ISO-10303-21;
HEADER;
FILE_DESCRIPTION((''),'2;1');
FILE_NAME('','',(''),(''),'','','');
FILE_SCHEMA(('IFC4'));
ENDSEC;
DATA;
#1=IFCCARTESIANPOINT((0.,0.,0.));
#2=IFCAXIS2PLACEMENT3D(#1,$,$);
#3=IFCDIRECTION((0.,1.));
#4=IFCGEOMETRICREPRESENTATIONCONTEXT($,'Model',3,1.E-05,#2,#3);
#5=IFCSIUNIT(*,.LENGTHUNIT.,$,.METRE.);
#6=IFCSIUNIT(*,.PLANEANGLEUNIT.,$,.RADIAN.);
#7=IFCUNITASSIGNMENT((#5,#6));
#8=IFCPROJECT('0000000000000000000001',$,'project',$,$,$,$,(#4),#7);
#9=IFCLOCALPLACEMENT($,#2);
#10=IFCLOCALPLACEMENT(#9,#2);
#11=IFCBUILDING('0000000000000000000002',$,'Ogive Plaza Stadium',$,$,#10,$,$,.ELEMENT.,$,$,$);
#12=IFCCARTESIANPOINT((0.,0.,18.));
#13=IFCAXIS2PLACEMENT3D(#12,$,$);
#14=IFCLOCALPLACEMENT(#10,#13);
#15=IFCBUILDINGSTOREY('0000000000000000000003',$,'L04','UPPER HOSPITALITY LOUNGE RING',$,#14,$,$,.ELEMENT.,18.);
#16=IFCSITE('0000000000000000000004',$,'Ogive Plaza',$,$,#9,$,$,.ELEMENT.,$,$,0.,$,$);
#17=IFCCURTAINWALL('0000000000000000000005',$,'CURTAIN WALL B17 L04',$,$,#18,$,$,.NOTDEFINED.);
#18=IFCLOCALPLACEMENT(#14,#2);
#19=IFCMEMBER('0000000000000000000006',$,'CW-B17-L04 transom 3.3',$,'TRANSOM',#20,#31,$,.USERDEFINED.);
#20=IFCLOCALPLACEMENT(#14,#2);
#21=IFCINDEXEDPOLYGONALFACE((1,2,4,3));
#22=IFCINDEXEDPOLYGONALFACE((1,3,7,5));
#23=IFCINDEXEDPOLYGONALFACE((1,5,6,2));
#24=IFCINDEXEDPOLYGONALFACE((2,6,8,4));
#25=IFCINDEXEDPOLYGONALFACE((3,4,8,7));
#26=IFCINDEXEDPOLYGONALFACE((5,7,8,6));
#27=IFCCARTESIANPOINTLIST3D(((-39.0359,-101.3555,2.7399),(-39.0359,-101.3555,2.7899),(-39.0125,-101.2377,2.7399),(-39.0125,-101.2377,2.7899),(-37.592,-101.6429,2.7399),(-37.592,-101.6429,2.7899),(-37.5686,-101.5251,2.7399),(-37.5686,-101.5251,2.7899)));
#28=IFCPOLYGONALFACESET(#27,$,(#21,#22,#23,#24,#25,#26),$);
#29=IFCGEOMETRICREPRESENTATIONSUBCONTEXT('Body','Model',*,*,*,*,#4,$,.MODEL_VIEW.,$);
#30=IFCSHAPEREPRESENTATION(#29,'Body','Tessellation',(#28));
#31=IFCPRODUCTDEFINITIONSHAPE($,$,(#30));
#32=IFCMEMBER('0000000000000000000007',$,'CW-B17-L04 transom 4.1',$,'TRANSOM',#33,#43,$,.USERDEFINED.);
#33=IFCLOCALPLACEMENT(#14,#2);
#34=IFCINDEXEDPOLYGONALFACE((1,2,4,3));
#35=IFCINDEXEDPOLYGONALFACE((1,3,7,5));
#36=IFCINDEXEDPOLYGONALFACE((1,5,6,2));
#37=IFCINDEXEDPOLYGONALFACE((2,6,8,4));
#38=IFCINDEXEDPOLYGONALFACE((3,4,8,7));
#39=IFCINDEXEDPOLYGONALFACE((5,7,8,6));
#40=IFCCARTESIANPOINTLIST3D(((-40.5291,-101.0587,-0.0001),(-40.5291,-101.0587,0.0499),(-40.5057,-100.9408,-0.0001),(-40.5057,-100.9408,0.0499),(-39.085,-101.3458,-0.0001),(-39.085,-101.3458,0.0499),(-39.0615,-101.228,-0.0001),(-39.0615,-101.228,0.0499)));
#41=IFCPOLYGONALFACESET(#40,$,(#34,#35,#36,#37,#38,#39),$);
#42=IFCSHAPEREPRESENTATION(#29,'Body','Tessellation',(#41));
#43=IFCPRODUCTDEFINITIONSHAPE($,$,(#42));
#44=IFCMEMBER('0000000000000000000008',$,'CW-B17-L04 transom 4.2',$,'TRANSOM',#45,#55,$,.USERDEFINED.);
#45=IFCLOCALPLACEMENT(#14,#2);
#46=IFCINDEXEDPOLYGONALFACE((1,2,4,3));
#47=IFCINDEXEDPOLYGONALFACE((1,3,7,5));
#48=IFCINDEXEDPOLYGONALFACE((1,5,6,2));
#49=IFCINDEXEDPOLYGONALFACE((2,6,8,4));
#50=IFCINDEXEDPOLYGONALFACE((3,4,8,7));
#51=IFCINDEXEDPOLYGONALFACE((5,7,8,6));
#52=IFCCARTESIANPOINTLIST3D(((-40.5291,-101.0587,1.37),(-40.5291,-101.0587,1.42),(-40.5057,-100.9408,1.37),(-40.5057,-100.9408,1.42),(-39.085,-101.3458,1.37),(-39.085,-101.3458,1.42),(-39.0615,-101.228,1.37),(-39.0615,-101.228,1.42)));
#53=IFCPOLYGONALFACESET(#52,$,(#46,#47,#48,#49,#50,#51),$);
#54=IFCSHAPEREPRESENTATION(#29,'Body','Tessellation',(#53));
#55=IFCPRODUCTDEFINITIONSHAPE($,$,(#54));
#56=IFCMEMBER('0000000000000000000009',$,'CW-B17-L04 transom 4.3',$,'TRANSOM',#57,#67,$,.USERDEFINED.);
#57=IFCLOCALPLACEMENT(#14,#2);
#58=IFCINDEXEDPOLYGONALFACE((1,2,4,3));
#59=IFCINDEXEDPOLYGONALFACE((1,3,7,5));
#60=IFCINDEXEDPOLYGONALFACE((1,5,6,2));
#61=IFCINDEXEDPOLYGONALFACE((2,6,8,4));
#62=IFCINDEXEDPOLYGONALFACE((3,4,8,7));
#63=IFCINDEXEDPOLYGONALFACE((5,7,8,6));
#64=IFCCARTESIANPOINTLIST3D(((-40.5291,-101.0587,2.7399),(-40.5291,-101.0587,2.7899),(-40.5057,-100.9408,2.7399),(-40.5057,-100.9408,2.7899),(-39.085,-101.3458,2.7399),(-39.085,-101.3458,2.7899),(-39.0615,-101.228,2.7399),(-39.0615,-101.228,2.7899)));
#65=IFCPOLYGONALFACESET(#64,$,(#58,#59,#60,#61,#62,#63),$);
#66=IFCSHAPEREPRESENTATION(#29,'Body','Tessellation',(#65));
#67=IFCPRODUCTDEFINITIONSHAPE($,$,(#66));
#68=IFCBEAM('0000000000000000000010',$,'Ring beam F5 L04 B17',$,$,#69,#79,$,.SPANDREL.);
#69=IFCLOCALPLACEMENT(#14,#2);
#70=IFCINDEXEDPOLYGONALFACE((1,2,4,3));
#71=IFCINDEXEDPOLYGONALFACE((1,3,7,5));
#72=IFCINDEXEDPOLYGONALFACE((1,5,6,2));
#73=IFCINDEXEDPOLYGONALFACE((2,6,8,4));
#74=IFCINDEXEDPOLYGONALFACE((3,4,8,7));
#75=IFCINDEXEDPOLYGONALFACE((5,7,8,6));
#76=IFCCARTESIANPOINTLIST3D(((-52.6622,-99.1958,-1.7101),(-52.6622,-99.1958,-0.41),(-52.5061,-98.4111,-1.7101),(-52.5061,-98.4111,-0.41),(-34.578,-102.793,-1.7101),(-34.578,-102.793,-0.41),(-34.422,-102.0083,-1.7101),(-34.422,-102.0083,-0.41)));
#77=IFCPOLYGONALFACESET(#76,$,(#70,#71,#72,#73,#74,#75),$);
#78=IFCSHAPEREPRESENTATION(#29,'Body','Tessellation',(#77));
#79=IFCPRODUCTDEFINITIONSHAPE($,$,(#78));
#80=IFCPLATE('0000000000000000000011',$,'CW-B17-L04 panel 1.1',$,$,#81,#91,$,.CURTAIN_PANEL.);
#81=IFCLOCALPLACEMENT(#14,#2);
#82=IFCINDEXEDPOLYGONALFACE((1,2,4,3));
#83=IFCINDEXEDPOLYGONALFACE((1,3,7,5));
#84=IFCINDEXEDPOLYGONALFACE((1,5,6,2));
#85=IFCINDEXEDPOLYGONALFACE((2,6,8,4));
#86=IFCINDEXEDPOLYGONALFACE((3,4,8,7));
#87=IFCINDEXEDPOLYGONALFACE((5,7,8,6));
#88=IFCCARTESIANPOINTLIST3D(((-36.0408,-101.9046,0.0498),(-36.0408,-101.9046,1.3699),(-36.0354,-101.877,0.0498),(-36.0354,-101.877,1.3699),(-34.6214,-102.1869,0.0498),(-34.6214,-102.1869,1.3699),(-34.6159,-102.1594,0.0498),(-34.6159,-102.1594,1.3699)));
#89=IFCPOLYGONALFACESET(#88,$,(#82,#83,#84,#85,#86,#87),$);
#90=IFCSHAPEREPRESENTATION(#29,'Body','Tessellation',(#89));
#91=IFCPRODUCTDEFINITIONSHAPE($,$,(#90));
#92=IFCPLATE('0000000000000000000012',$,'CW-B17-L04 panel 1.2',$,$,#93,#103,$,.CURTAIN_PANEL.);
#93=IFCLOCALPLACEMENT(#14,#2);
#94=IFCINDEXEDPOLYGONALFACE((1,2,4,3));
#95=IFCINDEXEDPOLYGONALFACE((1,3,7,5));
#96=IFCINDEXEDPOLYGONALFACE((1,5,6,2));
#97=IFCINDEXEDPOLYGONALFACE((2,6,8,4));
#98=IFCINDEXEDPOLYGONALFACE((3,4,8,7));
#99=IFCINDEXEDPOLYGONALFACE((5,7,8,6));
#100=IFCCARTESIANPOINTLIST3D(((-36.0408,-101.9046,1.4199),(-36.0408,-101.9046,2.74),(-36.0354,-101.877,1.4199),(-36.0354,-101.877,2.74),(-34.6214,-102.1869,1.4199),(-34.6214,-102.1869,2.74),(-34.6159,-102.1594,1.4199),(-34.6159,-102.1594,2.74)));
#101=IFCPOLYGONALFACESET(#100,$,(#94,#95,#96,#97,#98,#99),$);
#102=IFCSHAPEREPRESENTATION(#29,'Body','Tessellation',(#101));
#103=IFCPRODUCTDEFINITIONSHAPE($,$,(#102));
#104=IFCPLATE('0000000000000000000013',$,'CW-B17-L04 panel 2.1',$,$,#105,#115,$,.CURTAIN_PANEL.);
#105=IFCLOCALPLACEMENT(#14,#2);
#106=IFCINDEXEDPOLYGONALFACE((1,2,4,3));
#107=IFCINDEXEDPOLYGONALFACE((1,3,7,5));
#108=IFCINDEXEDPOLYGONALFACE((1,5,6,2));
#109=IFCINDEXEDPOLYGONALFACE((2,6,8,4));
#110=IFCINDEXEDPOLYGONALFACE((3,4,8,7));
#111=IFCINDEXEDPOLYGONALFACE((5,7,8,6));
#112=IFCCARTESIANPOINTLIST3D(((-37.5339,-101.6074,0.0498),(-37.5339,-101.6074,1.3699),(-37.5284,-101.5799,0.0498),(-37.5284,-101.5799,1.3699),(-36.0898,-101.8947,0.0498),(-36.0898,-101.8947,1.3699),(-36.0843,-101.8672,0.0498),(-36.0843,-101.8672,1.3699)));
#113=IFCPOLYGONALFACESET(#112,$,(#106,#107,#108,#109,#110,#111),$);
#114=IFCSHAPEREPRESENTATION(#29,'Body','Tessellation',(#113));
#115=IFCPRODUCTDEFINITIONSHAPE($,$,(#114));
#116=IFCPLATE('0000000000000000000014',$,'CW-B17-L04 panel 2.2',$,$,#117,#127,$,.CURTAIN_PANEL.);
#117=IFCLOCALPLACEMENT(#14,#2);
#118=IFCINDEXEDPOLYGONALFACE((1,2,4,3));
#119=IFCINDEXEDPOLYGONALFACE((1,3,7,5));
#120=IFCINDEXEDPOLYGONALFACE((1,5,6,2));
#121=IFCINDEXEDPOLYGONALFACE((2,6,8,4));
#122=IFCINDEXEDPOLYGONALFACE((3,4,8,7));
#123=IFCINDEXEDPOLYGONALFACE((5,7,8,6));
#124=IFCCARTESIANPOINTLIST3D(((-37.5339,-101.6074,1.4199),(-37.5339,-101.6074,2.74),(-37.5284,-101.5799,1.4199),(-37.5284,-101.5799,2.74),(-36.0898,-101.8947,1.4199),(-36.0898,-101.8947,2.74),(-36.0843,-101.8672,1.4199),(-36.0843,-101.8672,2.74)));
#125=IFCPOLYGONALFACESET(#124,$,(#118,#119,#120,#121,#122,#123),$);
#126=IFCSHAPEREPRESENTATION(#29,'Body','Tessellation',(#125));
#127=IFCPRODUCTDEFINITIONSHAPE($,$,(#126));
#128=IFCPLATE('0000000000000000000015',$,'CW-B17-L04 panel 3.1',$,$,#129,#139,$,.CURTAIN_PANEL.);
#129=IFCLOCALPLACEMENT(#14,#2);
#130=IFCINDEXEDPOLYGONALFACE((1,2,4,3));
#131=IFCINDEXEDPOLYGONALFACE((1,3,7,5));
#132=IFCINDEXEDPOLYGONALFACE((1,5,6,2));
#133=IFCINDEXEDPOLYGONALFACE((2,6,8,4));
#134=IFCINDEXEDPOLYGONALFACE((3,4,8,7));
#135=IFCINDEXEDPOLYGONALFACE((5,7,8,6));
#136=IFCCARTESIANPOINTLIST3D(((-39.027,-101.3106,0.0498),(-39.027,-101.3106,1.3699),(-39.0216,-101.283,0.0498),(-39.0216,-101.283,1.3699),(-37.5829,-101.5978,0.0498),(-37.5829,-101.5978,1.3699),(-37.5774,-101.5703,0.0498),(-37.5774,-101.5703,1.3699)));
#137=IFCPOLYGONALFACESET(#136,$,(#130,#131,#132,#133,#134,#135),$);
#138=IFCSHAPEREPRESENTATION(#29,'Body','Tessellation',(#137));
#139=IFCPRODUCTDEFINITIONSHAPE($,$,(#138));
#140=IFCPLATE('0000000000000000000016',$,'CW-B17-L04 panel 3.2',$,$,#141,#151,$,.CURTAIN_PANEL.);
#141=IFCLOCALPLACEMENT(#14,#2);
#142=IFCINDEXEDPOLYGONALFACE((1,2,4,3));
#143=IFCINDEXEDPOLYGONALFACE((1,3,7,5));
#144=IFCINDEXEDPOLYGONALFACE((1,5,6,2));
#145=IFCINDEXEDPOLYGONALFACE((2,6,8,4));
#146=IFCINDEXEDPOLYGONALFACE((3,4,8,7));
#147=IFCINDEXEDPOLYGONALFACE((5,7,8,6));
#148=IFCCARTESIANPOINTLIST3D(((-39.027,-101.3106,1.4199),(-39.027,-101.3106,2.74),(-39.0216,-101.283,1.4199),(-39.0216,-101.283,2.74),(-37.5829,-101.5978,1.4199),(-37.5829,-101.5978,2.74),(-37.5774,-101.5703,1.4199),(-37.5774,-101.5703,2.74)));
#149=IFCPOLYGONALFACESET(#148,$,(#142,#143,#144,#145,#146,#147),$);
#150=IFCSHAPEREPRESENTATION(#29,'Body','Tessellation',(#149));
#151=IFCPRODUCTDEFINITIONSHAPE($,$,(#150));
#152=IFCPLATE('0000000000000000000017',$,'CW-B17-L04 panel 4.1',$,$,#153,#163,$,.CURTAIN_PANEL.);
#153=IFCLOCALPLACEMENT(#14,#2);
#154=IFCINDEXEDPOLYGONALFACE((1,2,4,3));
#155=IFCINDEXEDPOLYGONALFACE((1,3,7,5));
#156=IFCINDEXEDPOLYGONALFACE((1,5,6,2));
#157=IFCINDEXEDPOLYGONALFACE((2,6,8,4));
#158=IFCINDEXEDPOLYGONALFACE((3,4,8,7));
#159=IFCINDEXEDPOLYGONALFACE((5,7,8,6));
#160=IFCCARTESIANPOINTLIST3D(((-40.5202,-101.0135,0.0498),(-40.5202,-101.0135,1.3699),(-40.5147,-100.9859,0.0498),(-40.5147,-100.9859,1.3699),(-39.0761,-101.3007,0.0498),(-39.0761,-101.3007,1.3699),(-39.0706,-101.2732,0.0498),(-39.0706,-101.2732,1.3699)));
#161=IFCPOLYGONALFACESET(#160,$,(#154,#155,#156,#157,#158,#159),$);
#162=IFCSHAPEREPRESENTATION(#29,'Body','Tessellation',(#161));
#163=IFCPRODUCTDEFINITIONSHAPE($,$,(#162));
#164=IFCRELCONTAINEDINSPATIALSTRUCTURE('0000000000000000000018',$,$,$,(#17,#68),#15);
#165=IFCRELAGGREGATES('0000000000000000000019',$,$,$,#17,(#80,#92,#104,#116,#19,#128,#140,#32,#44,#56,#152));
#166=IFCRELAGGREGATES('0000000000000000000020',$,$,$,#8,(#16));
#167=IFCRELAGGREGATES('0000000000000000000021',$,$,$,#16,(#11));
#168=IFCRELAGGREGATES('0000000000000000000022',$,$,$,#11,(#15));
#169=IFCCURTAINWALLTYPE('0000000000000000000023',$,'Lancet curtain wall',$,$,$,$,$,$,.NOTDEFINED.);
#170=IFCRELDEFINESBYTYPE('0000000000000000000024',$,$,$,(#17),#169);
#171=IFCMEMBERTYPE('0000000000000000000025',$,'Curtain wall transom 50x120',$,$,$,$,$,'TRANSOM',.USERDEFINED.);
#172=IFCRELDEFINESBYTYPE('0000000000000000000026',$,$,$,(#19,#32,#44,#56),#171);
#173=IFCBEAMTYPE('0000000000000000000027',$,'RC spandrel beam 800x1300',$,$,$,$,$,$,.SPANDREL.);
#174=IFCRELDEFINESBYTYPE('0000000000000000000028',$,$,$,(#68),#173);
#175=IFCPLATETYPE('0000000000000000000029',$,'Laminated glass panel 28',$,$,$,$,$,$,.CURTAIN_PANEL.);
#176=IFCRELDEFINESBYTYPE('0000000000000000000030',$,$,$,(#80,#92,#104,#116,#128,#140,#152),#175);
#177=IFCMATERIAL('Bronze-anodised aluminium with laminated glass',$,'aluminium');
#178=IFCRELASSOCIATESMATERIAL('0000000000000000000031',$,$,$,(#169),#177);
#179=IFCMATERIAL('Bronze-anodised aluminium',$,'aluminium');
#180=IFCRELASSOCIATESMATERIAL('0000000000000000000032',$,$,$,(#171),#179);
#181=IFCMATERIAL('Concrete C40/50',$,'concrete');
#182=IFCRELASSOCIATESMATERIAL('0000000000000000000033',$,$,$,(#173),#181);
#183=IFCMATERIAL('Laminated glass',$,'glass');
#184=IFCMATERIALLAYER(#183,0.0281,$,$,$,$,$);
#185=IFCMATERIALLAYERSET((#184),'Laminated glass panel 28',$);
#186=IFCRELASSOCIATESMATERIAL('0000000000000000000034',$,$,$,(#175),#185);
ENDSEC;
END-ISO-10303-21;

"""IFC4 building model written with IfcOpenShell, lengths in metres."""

from ifc_helpers import new_model, si_unit, direction, frame, origin, origin_2d, place, context, subcontext, project, spatial, rectangle, extrude, material, layer, layer_set, material_profile, profile_set, type_object, element, aggregate, save


model = new_model("IFC4")

# Units and contexts
model_context = context("Model", 3, precision=1e-05, world=origin(), true_north=direction((0.0, 1.0)))
body_context = subcontext(model_context, "Body", "Model", "MODEL_VIEW")
ifc_project = project(units=[si_unit("LENGTHUNIT", "METRE"), si_unit("PLANEANGLEUNIT", "RADIAN")], contexts=[model_context])

# Site, building, storey
site_placement = place(None, origin())
site = spatial("IfcSite", under=ifc_project, at=site_placement, Name="Ogive Plaza", CompositionType="ELEMENT", RefElevation=0.0)
building_placement = place(site_placement, origin())
building = spatial("IfcBuilding", under=site, at=building_placement, Name="Ogive Plaza Stadium", CompositionType="ELEMENT")
storey_placement = place(building_placement, frame((0.0, 0.0, 18.0)))
storey = spatial("IfcBuildingStorey", under=building, at=storey_placement, Name="L04", Description="UPPER HOSPITALITY LOUNGE RING", CompositionType="ELEMENT", Elevation=18.0)

# Shared definitions
ifc_material_1 = material(Name="Bronze-anodised aluminium with laminated glass", Category="aluminium")
curtain_wall_type = type_object("IfcCurtainWallType", Name="Lancet curtain wall", PredefinedType="NOTDEFINED", material=ifc_material_1)

# Curtain wall, members
curtain_wall_1_placement = place(storey_placement, origin())
curtain_wall_1 = element("IfcCurtainWall", 1, at=curtain_wall_1_placement, inside=storey, type_object=curtain_wall_type, Name="CURTAIN WALL B17 L04", PredefinedType="NOTDEFINED")
ifc_material_2 = material(Name="Bronze-anodised aluminium", Category="aluminium")
ifc_material_profile_1 = material_profile(ifc_material_2, rectangle(XDim=0.1201, YDim=0.05, at=origin_2d()), Name="AL 120x50")
ifc_profile_set_1 = profile_set([ifc_material_profile_1], Name="Bronze-anodised aluminium")
member_type_1 = type_object("IfcMemberType", Name="Curtain wall transom 50x120", ElementType="TRANSOM", PredefinedType="USERDEFINED", material=ifc_profile_set_1)
member_1_placement = place(storey_placement, frame((-37.5803, -101.584, 2.7649), z_axis=(-0.980765, 0.195191, 0.0), x_axis=(-0.195191, -0.980765, 0.0)))
member_1 = element("IfcMember", 2, at=member_1_placement, type_object=member_type_1, Name="CW-B17-L04 transom 3.3", ObjectType="TRANSOM", PredefinedType="USERDEFINED", context=body_context, shape_type="SweptSolid", body=[
    extrude(rectangle(XDim=0.1201, YDim=0.05, at=origin_2d()), origin(), (0.0, 0.0, 1.0), 1.4722),
])
member_2_placement = place(storey_placement, frame((-39.0732, -101.2869, 0.0249), z_axis=(-0.980803, 0.195, 0.0), x_axis=(-0.195, -0.980803, 0.0)))
member_2 = element("IfcMember", 3, at=member_2_placement, type_object=member_type_1, Name="CW-B17-L04 transom 4.1", ObjectType="TRANSOM", PredefinedType="USERDEFINED", context=body_context, shape_type="SweptSolid", body=[
    extrude(rectangle(XDim=0.1201, YDim=0.05, at=origin_2d()), origin(), (0.0, 0.0, 1.0), 1.4724),
])
member_3_placement = place(storey_placement, frame((-39.0732, -101.2869, 1.395), z_axis=(-0.980803, 0.195, 0.0), x_axis=(-0.195, -0.980803, 0.0)))
member_3 = element("IfcMember", 4, at=member_3_placement, type_object=member_type_1, Name="CW-B17-L04 transom 4.2", ObjectType="TRANSOM", PredefinedType="USERDEFINED", context=body_context, shape_type="SweptSolid", body=[
    extrude(rectangle(XDim=0.1201, YDim=0.05, at=origin_2d()), origin(), (0.0, 0.0, 1.0), 1.4724),
])
member_4_placement = place(storey_placement, frame((-39.0732, -101.2869, 2.7649), z_axis=(-0.980803, 0.195, 0.0), x_axis=(-0.195, -0.980803, 0.0)))
member_4 = element("IfcMember", 5, at=member_4_placement, type_object=member_type_1, Name="CW-B17-L04 transom 4.3", ObjectType="TRANSOM", PredefinedType="USERDEFINED", context=body_context, shape_type="SweptSolid", body=[
    extrude(rectangle(XDim=0.1201, YDim=0.05, at=origin_2d()), origin(), (0.0, 0.0, 1.0), 1.4724),
])

# Beam
ifc_material_3 = material(Name="Concrete C40/50", Category="concrete")
ifc_material_profile_2 = material_profile(ifc_material_3, rectangle(XDim=0.8, YDim=1.3, at=origin_2d()), Name="RC 800x1300")
ifc_profile_set_2 = profile_set([ifc_material_profile_2], Name="Concrete C40/50")
beam_type = type_object("IfcBeamType", Name="RC spandrel beam 800x1300", PredefinedType="SPANDREL", material=ifc_profile_set_2)
beam_placement = place(storey_placement, frame((-34.5, -102.4006, -1.0601), z_axis=(-0.980785, 0.19509, 0.0), x_axis=(-0.19509, -0.980785, 0.0)))
element("IfcBeam", 6, at=beam_placement, inside=storey, type_object=beam_type, Name="Ring beam F5 L04 B17", PredefinedType="SPANDREL", context=body_context, shape_type="SweptSolid", body=[
    extrude(rectangle(XDim=0.8, YDim=1.3, at=origin_2d()), origin(), (0.0, 0.0, 1.0), 18.4385),
])

# Plates
ifc_material_4 = material(Name="Laminated glass", Category="glass")
ifc_layer = layer(ifc_material_4, 0.0281)
ifc_layer_set = layer_set([ifc_layer], Name="Laminated glass panel 28")
plate_type = type_object("IfcPlateType", Name="Laminated glass panel 28", PredefinedType="CURTAIN_PANEL", material=ifc_layer_set)
plate_1_placement = place(storey_placement, frame((-35.3284, -102.032, 0.0498), z_axis=(0.0, 0.0, 1.0), x_axis=(-0.980785, 0.19509, 0.0)))
plate_1 = element("IfcPlate", 7, at=plate_1_placement, type_object=plate_type, Name="CW-B17-L04 panel 1.1", PredefinedType="CURTAIN_PANEL", context=body_context, shape_type="SweptSolid", body=[
    extrude(rectangle(XDim=1.4473, YDim=0.0281, at=origin_2d()), origin(), (0.0, 0.0, 1.0), 1.3201),
])
plate_2_placement = place(storey_placement, frame((-35.3284, -102.032, 1.4199), z_axis=(0.0, 0.0, 1.0), x_axis=(-0.980785, 0.19509, 0.0)))
plate_2 = element("IfcPlate", 8, at=plate_2_placement, type_object=plate_type, Name="CW-B17-L04 panel 1.2", PredefinedType="CURTAIN_PANEL", context=body_context, shape_type="SweptSolid", body=[
    extrude(rectangle(XDim=1.4473, YDim=0.0281, at=origin_2d()), origin(), (0.0, 0.0, 1.0), 1.3201),
])
plate_3_placement = place(storey_placement, frame((-36.8091, -101.7373, 0.0498), z_axis=(0.0, 0.0, 1.0), x_axis=(-0.980785, 0.19509, 0.0)))
plate_3 = element("IfcPlate", 9, at=plate_3_placement, type_object=plate_type, Name="CW-B17-L04 panel 2.1", PredefinedType="CURTAIN_PANEL", context=body_context, shape_type="SweptSolid", body=[
    extrude(rectangle(XDim=1.4724, YDim=0.0281, at=origin_2d()), origin(), (0.0, 0.0, 1.0), 1.3201),
])
plate_4_placement = place(storey_placement, frame((-36.8091, -101.7373, 1.4199), z_axis=(0.0, 0.0, 1.0), x_axis=(-0.980785, 0.19509, 0.0)))
plate_4 = element("IfcPlate", 10, at=plate_4_placement, type_object=plate_type, Name="CW-B17-L04 panel 2.2", PredefinedType="CURTAIN_PANEL", context=body_context, shape_type="SweptSolid", body=[
    extrude(rectangle(XDim=1.4724, YDim=0.0281, at=origin_2d()), origin(), (0.0, 0.0, 1.0), 1.3201),
])
plate_5_placement = place(storey_placement, frame((-38.3022, -101.4404, 0.0498), z_axis=(0.0, 0.0, 1.0), x_axis=(-0.980785, 0.19509, 0.0)))
plate_5 = element("IfcPlate", 11, at=plate_5_placement, type_object=plate_type, Name="CW-B17-L04 panel 3.1", PredefinedType="CURTAIN_PANEL", context=body_context, shape_type="SweptSolid", body=[
    extrude(rectangle(XDim=1.4724, YDim=0.0281, at=origin_2d()), origin(), (0.0, 0.0, 1.0), 1.3201),
])
plate_6_placement = place(storey_placement, frame((-38.3022, -101.4404, 1.4199), z_axis=(0.0, 0.0, 1.0), x_axis=(-0.980785, 0.19509, 0.0)))
plate_6 = element("IfcPlate", 12, at=plate_6_placement, type_object=plate_type, Name="CW-B17-L04 panel 3.2", PredefinedType="CURTAIN_PANEL", context=body_context, shape_type="SweptSolid", body=[
    extrude(rectangle(XDim=1.4724, YDim=0.0281, at=origin_2d()), origin(), (0.0, 0.0, 1.0), 1.3201),
])
plate_7_placement = place(storey_placement, frame((-39.7954, -101.1433, 0.0498), z_axis=(0.0, 0.0, 1.0), x_axis=(-0.980785, 0.19509, 0.0)))
plate_7 = element("IfcPlate", 13, at=plate_7_placement, type_object=plate_type, Name="CW-B17-L04 panel 4.1", PredefinedType="CURTAIN_PANEL", context=body_context, shape_type="SweptSolid", body=[
    extrude(rectangle(XDim=1.4724, YDim=0.0281, at=origin_2d()), origin(), (0.0, 0.0, 1.0), 1.3201),
])
aggregate(curtain_wall_1, [plate_1, plate_2, plate_3, plate_4, member_1, plate_5, plate_6, member_2, member_3, member_4, plate_7])

save(model, "model.ifc")
